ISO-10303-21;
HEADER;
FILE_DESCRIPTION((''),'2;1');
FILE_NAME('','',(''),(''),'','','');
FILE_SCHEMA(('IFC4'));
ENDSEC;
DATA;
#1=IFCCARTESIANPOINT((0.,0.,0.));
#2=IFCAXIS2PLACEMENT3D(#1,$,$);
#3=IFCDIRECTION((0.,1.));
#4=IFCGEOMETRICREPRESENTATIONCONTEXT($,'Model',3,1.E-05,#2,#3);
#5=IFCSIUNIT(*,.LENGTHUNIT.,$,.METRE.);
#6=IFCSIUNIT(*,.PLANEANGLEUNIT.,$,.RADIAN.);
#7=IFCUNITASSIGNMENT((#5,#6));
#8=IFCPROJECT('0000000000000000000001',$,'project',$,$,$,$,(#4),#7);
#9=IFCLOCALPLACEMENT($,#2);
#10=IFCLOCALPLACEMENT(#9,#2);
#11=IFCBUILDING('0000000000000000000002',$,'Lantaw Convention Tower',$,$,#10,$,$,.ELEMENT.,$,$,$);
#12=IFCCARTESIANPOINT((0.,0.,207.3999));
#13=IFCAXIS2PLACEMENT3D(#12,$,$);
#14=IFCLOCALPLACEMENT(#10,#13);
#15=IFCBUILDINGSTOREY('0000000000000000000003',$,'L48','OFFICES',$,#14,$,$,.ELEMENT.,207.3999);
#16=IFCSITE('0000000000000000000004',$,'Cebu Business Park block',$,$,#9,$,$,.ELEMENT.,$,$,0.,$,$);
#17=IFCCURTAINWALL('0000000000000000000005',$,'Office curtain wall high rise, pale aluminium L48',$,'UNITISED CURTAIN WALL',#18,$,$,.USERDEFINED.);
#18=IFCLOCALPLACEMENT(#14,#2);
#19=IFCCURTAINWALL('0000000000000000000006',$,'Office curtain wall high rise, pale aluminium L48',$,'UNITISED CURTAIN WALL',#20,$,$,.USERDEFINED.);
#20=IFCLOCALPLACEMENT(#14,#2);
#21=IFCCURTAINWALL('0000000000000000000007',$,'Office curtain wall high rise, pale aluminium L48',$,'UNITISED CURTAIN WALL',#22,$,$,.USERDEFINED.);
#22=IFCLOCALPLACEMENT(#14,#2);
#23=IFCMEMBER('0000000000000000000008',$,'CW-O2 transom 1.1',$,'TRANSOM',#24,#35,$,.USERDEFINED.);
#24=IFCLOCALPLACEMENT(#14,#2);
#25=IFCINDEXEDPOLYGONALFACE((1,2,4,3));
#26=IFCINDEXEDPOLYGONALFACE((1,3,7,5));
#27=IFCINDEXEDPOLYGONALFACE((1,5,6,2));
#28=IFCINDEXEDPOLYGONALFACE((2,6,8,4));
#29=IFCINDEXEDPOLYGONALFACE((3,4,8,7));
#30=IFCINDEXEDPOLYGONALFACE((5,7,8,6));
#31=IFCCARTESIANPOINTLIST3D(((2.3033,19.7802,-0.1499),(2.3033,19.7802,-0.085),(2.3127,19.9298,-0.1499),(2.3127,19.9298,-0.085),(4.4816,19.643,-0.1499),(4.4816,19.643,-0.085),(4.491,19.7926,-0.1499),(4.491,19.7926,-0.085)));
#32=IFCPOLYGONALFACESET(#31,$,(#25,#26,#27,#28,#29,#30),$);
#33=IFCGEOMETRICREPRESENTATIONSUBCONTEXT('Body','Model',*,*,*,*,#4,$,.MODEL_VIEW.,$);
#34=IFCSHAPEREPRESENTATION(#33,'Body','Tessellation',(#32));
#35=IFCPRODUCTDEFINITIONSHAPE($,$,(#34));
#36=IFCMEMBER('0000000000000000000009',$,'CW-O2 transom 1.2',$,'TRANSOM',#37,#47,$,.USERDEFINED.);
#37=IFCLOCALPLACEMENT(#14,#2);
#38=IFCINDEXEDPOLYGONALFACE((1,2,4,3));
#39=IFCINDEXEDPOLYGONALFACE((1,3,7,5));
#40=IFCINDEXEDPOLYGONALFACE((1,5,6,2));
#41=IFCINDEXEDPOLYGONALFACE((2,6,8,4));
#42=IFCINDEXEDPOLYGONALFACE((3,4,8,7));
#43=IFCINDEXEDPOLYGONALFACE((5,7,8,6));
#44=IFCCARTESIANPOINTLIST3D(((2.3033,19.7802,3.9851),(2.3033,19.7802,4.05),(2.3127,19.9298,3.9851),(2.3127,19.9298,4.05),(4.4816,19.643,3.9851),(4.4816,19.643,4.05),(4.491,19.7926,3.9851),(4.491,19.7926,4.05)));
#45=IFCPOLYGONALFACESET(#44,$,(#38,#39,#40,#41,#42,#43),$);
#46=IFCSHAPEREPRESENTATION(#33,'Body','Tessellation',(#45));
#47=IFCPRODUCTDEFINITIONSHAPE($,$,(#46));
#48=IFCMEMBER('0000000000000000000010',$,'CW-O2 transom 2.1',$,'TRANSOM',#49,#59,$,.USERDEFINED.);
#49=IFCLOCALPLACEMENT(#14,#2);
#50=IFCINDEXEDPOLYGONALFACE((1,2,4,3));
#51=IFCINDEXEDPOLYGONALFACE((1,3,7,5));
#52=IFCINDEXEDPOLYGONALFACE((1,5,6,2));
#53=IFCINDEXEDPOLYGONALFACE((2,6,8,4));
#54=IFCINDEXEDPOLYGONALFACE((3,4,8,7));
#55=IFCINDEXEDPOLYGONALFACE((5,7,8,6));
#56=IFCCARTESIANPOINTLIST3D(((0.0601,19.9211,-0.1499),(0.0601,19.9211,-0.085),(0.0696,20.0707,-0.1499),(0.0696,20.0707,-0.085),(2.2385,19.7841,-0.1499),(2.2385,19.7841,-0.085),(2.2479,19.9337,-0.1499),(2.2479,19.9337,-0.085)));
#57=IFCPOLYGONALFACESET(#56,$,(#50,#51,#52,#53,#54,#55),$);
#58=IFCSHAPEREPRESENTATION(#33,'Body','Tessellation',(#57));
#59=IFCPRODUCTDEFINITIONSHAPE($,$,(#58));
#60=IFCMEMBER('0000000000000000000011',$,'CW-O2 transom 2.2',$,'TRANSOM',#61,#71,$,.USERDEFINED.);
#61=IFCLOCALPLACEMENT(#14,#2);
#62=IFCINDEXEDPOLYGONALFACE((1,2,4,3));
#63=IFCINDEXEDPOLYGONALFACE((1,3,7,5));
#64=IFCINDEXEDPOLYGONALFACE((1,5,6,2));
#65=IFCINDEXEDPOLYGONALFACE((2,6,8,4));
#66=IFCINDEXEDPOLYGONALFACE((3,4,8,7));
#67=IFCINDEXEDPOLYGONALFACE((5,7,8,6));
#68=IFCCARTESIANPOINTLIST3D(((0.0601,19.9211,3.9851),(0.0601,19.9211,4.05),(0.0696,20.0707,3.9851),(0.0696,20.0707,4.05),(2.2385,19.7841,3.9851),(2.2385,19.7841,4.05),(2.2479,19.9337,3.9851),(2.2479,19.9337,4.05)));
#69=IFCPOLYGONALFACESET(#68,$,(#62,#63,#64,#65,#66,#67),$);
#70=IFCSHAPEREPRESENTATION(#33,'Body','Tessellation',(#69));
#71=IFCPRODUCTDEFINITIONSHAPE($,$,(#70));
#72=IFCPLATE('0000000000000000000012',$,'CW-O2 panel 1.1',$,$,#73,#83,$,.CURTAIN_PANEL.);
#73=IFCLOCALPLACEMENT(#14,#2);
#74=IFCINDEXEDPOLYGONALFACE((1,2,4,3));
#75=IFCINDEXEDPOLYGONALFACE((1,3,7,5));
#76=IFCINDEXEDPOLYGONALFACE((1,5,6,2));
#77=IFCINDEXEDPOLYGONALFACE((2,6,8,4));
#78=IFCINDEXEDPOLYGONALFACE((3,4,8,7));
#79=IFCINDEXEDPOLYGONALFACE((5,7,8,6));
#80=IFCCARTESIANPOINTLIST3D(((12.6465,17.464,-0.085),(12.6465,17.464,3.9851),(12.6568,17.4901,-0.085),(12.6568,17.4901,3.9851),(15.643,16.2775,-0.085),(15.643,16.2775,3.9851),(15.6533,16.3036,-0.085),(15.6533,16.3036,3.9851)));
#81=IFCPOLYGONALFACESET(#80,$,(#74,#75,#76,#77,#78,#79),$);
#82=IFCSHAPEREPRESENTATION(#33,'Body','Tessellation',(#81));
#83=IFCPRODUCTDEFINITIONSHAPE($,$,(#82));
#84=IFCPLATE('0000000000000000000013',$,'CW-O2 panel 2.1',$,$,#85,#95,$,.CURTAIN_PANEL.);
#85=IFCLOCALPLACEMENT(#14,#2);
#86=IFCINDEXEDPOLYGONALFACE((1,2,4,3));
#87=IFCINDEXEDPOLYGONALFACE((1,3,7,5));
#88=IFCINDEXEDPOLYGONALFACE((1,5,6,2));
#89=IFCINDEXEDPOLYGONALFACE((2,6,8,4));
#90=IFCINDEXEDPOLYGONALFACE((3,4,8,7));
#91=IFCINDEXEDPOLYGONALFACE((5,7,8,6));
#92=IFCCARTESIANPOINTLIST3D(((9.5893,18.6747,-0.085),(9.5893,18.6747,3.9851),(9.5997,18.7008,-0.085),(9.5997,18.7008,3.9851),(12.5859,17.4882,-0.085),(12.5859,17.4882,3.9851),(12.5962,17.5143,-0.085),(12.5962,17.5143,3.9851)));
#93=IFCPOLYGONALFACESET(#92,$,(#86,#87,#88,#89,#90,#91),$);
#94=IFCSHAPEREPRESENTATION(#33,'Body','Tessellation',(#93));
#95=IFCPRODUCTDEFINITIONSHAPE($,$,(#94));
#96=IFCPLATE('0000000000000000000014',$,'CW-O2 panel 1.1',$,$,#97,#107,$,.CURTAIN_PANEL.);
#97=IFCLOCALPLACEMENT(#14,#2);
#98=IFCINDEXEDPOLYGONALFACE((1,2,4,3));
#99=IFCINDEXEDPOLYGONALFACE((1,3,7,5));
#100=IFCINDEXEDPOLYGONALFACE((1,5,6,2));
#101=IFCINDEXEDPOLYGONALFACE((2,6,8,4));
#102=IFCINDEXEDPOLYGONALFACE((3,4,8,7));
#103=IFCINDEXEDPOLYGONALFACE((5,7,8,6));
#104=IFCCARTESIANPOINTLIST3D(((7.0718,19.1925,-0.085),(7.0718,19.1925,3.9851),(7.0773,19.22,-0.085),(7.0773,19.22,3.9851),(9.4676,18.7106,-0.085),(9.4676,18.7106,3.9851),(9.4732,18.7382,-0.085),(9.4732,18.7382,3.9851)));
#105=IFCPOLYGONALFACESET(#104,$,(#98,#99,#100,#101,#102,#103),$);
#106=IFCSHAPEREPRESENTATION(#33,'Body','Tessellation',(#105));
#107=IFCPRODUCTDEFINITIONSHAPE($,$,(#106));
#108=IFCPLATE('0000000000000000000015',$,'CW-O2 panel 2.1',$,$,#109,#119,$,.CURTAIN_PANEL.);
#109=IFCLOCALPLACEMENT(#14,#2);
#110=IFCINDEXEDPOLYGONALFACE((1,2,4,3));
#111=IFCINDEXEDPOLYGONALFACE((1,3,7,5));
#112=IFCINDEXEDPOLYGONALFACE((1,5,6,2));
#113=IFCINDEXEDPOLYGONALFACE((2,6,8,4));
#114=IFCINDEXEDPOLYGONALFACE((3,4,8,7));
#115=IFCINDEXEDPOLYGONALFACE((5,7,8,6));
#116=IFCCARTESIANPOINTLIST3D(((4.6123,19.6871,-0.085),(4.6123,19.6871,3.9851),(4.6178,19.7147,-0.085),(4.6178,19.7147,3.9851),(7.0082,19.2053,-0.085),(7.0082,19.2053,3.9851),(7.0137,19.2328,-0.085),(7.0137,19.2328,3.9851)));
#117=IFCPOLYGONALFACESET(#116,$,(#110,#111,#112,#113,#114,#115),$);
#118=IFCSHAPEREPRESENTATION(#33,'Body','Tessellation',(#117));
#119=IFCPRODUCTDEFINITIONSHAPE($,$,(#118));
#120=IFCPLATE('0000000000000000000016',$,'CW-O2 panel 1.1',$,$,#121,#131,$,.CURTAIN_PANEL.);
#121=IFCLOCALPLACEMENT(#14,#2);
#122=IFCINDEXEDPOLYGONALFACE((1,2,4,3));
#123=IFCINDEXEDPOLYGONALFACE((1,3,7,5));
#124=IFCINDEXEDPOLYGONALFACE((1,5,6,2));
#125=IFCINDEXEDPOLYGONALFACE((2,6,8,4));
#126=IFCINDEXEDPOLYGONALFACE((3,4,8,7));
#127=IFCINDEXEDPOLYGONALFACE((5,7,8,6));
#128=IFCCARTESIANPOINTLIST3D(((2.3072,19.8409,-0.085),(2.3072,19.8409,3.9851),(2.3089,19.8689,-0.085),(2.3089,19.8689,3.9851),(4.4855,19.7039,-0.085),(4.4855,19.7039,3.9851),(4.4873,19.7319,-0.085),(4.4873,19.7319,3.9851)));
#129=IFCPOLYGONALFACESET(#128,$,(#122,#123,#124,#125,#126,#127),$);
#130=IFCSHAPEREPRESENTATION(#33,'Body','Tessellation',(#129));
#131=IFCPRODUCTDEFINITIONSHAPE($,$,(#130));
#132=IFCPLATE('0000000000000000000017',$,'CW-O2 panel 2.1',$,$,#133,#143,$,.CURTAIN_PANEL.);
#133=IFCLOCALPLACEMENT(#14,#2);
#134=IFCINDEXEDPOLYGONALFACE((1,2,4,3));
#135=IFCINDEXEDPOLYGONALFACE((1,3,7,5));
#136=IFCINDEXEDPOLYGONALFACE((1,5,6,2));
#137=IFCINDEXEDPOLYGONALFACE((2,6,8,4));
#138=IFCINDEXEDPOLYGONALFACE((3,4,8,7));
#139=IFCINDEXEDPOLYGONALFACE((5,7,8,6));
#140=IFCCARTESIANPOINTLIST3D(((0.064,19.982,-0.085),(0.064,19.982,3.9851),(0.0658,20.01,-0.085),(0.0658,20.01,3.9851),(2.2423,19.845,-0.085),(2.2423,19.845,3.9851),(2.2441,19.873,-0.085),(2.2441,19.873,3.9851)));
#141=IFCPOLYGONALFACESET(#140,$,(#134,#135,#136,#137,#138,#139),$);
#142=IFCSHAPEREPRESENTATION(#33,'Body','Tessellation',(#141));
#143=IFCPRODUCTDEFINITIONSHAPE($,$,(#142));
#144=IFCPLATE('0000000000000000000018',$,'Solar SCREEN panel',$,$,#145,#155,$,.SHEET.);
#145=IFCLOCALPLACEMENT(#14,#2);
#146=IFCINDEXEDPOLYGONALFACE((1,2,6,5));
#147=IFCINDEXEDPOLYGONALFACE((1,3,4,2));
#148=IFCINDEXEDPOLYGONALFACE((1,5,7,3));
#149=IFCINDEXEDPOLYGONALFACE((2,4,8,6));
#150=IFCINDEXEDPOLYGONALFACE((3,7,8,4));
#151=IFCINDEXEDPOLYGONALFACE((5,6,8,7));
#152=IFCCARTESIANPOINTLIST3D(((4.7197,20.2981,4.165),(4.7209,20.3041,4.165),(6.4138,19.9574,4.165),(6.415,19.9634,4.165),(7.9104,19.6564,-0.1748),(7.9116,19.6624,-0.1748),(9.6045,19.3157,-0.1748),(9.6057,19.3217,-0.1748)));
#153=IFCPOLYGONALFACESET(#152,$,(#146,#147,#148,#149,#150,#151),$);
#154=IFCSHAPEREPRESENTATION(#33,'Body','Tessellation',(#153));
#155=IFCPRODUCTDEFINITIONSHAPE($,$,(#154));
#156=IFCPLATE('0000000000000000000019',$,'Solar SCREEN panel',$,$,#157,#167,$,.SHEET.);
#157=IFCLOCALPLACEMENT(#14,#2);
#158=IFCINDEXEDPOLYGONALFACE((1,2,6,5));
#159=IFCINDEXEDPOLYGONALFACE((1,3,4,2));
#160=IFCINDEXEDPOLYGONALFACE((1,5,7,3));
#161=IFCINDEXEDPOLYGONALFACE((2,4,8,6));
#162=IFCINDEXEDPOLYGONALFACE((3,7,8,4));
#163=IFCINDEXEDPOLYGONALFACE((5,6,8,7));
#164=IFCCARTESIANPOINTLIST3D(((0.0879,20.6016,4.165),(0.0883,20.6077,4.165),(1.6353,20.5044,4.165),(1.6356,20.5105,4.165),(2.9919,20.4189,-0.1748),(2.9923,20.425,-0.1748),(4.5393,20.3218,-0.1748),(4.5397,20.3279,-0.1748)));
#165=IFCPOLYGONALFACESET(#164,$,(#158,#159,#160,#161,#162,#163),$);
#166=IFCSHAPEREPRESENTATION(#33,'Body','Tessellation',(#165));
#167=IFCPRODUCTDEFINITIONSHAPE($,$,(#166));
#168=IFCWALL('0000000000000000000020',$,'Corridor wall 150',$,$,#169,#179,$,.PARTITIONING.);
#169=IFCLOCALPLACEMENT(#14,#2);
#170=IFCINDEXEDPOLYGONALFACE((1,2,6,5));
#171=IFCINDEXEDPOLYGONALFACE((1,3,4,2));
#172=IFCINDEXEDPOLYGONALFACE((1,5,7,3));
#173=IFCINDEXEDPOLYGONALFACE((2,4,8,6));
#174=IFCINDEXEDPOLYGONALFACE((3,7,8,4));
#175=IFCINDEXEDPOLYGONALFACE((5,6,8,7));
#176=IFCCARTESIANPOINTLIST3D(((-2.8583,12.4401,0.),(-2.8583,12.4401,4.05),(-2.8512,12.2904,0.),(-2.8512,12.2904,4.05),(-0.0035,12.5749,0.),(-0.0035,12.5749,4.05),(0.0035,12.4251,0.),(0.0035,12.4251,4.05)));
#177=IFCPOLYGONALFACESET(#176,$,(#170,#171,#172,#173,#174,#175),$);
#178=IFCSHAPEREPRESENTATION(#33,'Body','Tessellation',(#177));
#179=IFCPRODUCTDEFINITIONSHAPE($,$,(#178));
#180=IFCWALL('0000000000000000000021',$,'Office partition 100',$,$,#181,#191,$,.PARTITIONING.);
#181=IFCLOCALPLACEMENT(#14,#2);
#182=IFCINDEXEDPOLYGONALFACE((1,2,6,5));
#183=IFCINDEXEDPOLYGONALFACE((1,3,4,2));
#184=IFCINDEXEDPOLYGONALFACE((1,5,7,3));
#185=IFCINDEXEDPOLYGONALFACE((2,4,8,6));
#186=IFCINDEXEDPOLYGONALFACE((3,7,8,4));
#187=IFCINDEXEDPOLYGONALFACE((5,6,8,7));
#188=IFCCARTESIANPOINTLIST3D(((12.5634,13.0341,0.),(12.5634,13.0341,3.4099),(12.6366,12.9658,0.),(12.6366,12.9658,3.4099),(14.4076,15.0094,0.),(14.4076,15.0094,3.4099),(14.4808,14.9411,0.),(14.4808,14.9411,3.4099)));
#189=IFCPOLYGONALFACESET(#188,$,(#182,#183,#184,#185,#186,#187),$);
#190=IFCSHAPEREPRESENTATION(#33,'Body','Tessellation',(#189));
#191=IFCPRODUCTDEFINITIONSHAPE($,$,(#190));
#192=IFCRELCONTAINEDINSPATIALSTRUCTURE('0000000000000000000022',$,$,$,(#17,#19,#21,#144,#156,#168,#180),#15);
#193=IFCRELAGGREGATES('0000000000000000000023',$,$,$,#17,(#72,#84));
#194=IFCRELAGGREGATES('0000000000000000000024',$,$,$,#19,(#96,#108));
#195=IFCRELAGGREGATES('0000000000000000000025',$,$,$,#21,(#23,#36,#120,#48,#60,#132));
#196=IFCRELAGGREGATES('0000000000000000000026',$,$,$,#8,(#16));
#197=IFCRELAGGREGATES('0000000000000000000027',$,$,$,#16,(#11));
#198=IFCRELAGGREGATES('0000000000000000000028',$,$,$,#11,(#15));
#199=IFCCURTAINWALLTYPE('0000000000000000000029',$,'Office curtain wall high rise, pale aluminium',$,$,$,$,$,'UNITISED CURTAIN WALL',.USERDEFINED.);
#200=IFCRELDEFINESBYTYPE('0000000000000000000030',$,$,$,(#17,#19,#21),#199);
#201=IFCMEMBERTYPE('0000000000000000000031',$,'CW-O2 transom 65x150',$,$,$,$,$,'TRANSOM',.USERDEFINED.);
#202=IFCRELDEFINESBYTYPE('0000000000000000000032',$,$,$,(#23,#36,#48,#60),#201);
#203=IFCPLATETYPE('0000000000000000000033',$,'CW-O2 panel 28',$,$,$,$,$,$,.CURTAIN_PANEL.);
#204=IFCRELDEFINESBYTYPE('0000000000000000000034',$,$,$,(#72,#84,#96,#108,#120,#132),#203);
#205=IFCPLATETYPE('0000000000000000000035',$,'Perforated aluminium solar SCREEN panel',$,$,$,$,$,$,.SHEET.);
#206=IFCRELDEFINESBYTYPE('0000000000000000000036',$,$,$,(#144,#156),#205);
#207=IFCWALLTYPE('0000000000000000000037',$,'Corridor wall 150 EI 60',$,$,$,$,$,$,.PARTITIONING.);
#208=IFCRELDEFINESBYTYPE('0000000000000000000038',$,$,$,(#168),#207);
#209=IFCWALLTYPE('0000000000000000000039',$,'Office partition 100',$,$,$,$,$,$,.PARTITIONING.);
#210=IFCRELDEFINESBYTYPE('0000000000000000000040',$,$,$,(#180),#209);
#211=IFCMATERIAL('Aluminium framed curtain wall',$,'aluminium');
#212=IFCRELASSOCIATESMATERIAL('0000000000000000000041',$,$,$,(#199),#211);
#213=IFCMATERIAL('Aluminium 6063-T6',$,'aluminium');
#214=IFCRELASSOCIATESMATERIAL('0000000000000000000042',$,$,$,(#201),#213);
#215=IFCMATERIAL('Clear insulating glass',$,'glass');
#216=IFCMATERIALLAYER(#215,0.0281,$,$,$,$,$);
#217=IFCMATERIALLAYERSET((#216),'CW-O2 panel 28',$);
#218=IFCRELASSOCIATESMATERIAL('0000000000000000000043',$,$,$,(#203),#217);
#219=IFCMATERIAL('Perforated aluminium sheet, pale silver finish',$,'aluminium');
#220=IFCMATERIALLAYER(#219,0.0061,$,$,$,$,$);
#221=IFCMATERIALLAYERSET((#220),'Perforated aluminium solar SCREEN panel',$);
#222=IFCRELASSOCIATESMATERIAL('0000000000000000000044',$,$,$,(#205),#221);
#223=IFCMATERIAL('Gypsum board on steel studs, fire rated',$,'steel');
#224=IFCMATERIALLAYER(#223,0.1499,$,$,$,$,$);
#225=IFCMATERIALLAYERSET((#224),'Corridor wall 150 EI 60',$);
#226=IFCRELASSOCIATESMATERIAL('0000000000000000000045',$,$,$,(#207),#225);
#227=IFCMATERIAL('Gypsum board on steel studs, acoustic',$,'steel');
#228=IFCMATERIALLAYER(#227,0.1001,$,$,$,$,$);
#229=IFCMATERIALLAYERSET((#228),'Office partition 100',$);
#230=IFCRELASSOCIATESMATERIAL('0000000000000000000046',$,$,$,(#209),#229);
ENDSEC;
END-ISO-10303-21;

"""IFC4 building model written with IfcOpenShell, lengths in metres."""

from ifc_helpers import new_model, si_unit, direction, frame, frame_2d, origin, origin_2d, place, context, subcontext, project, spatial, polyline, rectangle, outline, extrude, material, layer, layer_set, material_profile, profile_set, type_object, element, aggregate, save


model = new_model("IFC4")

# Units and contexts
model_context = context("Model", 3, precision=1e-05, world=origin(), true_north=direction((0.0, 1.0)))
body_context = subcontext(model_context, "Body", "Model", "MODEL_VIEW")
ifc_project = project(units=[si_unit("LENGTHUNIT", "METRE"), si_unit("PLANEANGLEUNIT", "RADIAN")], contexts=[model_context])

# Site, building, storey
site_placement = place(None, origin())
site = spatial("IfcSite", under=ifc_project, at=site_placement, Name="Cebu Business Park block", CompositionType="ELEMENT", RefElevation=0.0)
building_placement = place(site_placement, origin())
building = spatial("IfcBuilding", under=site, at=building_placement, Name="Lantaw Convention Tower", CompositionType="ELEMENT")
storey_placement = place(building_placement, frame((0.0, 0.0, 207.3999)))
storey = spatial("IfcBuildingStorey", under=building, at=storey_placement, Name="L48", Description="OFFICES", CompositionType="ELEMENT", Elevation=207.3999)

# Curtain walls
ifc_material_1 = material(Name="Aluminium framed curtain wall", Category="aluminium")
curtain_wall_type = type_object("IfcCurtainWallType", Name="Office curtain wall high rise, pale aluminium", ElementType="UNITISED CURTAIN WALL", PredefinedType="USERDEFINED", material=ifc_material_1)
curtain_wall_1_placement = place(storey_placement, origin())
curtain_wall_1 = element("IfcCurtainWall", 1, at=curtain_wall_1_placement, inside=storey, type_object=curtain_wall_type, Name="Office curtain wall high rise, pale aluminium L48", ObjectType="UNITISED CURTAIN WALL", PredefinedType="USERDEFINED")
ifc_material_2 = material(Name="Aluminium 6063-T6", Category="aluminium")
curtain_wall_2_placement = place(storey_placement, origin())
curtain_wall_2 = element("IfcCurtainWall", 2, at=curtain_wall_2_placement, inside=storey, type_object=curtain_wall_type, Name="Office curtain wall high rise, pale aluminium L48", ObjectType="UNITISED CURTAIN WALL", PredefinedType="USERDEFINED")
curtain_wall_3_placement = place(storey_placement, origin())
curtain_wall_3 = element("IfcCurtainWall", 3, at=curtain_wall_3_placement, inside=storey, type_object=curtain_wall_type, Name="Office curtain wall high rise, pale aluminium L48", ObjectType="UNITISED CURTAIN WALL", PredefinedType="USERDEFINED")

# Members
ifc_material_profile_1 = material_profile(ifc_material_2, rectangle(XDim=0.1499, YDim=0.0649, at=origin_2d()), Name="CW-O2 transom 65x150")
ifc_profile_set_1 = profile_set([ifc_material_profile_1], Name="Aluminium 6063-T6")
member_type_1 = type_object("IfcMemberType", Name="CW-O2 transom 65x150", ElementType="TRANSOM", PredefinedType="USERDEFINED", material=ifc_profile_set_1)
member_1_placement = place(storey_placement, frame((4.4863, 19.7178, -0.1174), z_axis=(-0.998022, 0.062866, 0.0), x_axis=(-0.062866, -0.998022, 0.0)))
member_1 = element("IfcMember", 4, at=member_1_placement, type_object=member_type_1, Name="CW-O2 transom 1.1", ObjectType="TRANSOM", PredefinedType="USERDEFINED", context=body_context, shape_type="SweptSolid", body=[
    extrude(rectangle(XDim=0.1499, YDim=0.0649, at=origin_2d()), origin(), (0.0, 0.0, 1.0), 2.1826),
])
member_2_placement = place(storey_placement, frame((4.4863, 19.7178, 4.0176), z_axis=(-0.998022, 0.062866, 0.0), x_axis=(-0.062866, -0.998022, 0.0)))
member_2 = element("IfcMember", 5, at=member_2_placement, type_object=member_type_1, Name="CW-O2 transom 1.2", ObjectType="TRANSOM", PredefinedType="USERDEFINED", context=body_context, shape_type="SweptSolid", body=[
    extrude(rectangle(XDim=0.1499, YDim=0.0649, at=origin_2d()), origin(), (0.0, 0.0, 1.0), 2.1826),
])
member_3_placement = place(storey_placement, frame((2.2432, 19.8589, -0.1174), z_axis=(-0.998029, 0.062754, 0.0), x_axis=(-0.062754, -0.998029, 0.0)))
member_3 = element("IfcMember", 6, at=member_3_placement, type_object=member_type_1, Name="CW-O2 transom 2.1", ObjectType="TRANSOM", PredefinedType="USERDEFINED", context=body_context, shape_type="SweptSolid", body=[
    extrude(rectangle(XDim=0.1499, YDim=0.0649, at=origin_2d()), origin(), (0.0, 0.0, 1.0), 2.1826),
])
member_4_placement = place(storey_placement, frame((2.2432, 19.8589, 4.0176), z_axis=(-0.998029, 0.062754, 0.0), x_axis=(-0.062754, -0.998029, 0.0)))
member_4 = element("IfcMember", 7, at=member_4_placement, type_object=member_type_1, Name="CW-O2 transom 2.2", ObjectType="TRANSOM", PredefinedType="USERDEFINED", context=body_context, shape_type="SweptSolid", body=[
    extrude(rectangle(XDim=0.1499, YDim=0.0649, at=origin_2d()), origin(), (0.0, 0.0, 1.0), 2.1826),
])

# Plates
ifc_material_3 = material(Name="Clear insulating glass", Category="glass")
ifc_layer_1 = layer(ifc_material_3, 0.0281)
ifc_layer_set_1 = layer_set([ifc_layer_1], Name="CW-O2 panel 28")
plate_type_1 = type_object("IfcPlateType", Name="CW-O2 panel 28", PredefinedType="CURTAIN_PANEL", material=ifc_layer_set_1)
plate_1_placement = place(storey_placement, frame((14.1499, 16.8838, -0.085), z_axis=(0.0, 0.0, 1.0), x_axis=(-0.929762, 0.368162, 0.0)))
plate_1 = element("IfcPlate", 8, at=plate_1_placement, type_object=plate_type_1, Name="CW-O2 panel 1.1", PredefinedType="CURTAIN_PANEL", context=body_context, shape_type="SweptSolid", body=[
    extrude(rectangle(XDim=3.2229, YDim=0.0281, at=origin_2d()), origin(), (0.0, 0.0, 1.0), 4.0701),
])
plate_2_placement = place(storey_placement, frame((11.0928, 18.0945, -0.085), z_axis=(0.0, 0.0, 1.0), x_axis=(-0.929762, 0.368162, 0.0)))
plate_2 = element("IfcPlate", 9, at=plate_2_placement, type_object=plate_type_1, Name="CW-O2 panel 2.1", PredefinedType="CURTAIN_PANEL", context=body_context, shape_type="SweptSolid", body=[
    extrude(rectangle(XDim=3.2229, YDim=0.0281, at=origin_2d()), origin(), (0.0, 0.0, 1.0), 4.0701),
])
aggregate(curtain_wall_1, [plate_1, plate_2])
plate_3_placement = place(storey_placement, frame((8.2725, 18.9653, -0.085), z_axis=(0.0, 0.0, 1.0), x_axis=(-0.980367, 0.197183, 0.0)))
plate_3 = element("IfcPlate", 10, at=plate_3_placement, type_object=plate_type_1, Name="CW-O2 panel 1.1", PredefinedType="CURTAIN_PANEL", context=body_context, shape_type="SweptSolid", body=[
    extrude(rectangle(XDim=2.4438, YDim=0.0281, at=origin_2d()), origin(), (0.0, 0.0, 1.0), 4.0701),
])
plate_4_placement = place(storey_placement, frame((5.813, 19.46, -0.085), z_axis=(0.0, 0.0, 1.0), x_axis=(-0.980367, 0.197183, 0.0)))
plate_4 = element("IfcPlate", 11, at=plate_4_placement, type_object=plate_type_1, Name="CW-O2 panel 2.1", PredefinedType="CURTAIN_PANEL", context=body_context, shape_type="SweptSolid", body=[
    extrude(rectangle(XDim=2.4438, YDim=0.0281, at=origin_2d()), origin(), (0.0, 0.0, 1.0), 4.0701),
])
aggregate(curtain_wall_2, [plate_3, plate_4])
plate_5_placement = place(storey_placement, frame((3.3972, 19.7864, -0.085), z_axis=(0.0, 0.0, 1.0), x_axis=(-0.998029, 0.062758, 0.0)))
plate_5 = element("IfcPlate", 12, at=plate_5_placement, type_object=plate_type_1, Name="CW-O2 panel 1.1", PredefinedType="CURTAIN_PANEL", context=body_context, shape_type="SweptSolid", body=[
    extrude(rectangle(XDim=2.1826, YDim=0.0281, at=origin_2d()), origin(), (0.0, 0.0, 1.0), 4.0701),
])
plate_6_placement = place(storey_placement, frame((1.1541, 19.9275, -0.085), z_axis=(0.0, 0.0, 1.0), x_axis=(-0.998029, 0.062758, 0.0)))
plate_6 = element("IfcPlate", 13, at=plate_6_placement, type_object=plate_type_1, Name="CW-O2 panel 2.1", PredefinedType="CURTAIN_PANEL", context=body_context, shape_type="SweptSolid", body=[
    extrude(rectangle(XDim=2.1826, YDim=0.0281, at=origin_2d()), origin(), (0.0, 0.0, 1.0), 4.0701),
])
aggregate(curtain_wall_3, [member_1, member_2, plate_5, member_3, member_4, plate_6])

# Plates
ifc_material_4 = material(Name="Perforated aluminium sheet, pale silver finish", Category="aluminium")
ifc_layer_2 = layer(ifc_material_4, 0.0061)
ifc_layer_set_2 = layer_set([ifc_layer_2], Name="Perforated aluminium solar SCREEN panel")
plate_type_2 = type_object("IfcPlateType", Name="Perforated aluminium solar SCREEN panel", PredefinedType="SHEET", material=ifc_layer_set_2)
plate_7_placement = place(storey_placement, frame((9.6045, 19.3157, -0.1748), z_axis=(-0.197162, -0.980371, 0.000011), x_axis=(-0.980371, 0.197162, 0.0)))
element("IfcPlate", 14, at=plate_7_placement, inside=storey, type_object=plate_type_2, Name="Solar SCREEN panel", PredefinedType="SHEET", context=body_context, shape_type="SweptSolid", body=[
    extrude(outline(polyline([(0.0, 0.0), (1.728, 0.0), (4.9826, -4.3398), (3.2545, -4.3398), (0.0, 0.0)])), origin(), (0.0, 0.0, -1.0), 0.0061),
])
plate_8_placement = place(storey_placement, frame((4.5393, 20.3218, -0.1748), z_axis=(-0.062672, -0.998034, 0.000059), x_axis=(-0.998034, 0.062672, 0.0)))
element("IfcPlate", 15, at=plate_8_placement, inside=storey, type_object=plate_type_2, Name="Solar SCREEN panel", PredefinedType="SHEET", context=body_context, shape_type="SweptSolid", body=[
    extrude(outline(polyline([(0.0, 0.0), (1.5504, 0.0), (4.4602, -4.3398), (2.9098, -4.3398), (0.0, 0.0)])), origin(), (0.0, 0.0, -1.0), 0.0061),
])

# Walls
ifc_material_5 = material(Name="Gypsum board on steel studs, fire rated", Category="steel")
ifc_layer_3 = layer(ifc_material_5, 0.1499)
ifc_layer_set_3 = layer_set([ifc_layer_3], Name="Corridor wall 150 EI 60")
wall_type_1 = type_object("IfcWallType", Name="Corridor wall 150 EI 60", PredefinedType="PARTITIONING", material=ifc_layer_set_3)
wall_1_placement = place(storey_placement, frame((0.0, 12.5, 0.0), z_axis=(0.0, 0.0, 1.0), x_axis=(-0.998888, -0.047155, 0.0)))
element("IfcWall", 16, at=wall_1_placement, inside=storey, type_object=wall_type_1, Name="Corridor wall 150", PredefinedType="PARTITIONING", context=body_context, shape_type="SweptSolid", body=[
    extrude(rectangle(XDim=2.8579, YDim=0.1499, at=frame_2d((1.429, 0.0))), origin(), (0.0, 0.0, 1.0), 4.05),
])
ifc_material_6 = material(Name="Gypsum board on steel studs, acoustic", Category="steel")
ifc_layer_4 = layer(ifc_material_6, 0.1001)
ifc_layer_set_4 = layer_set([ifc_layer_4], Name="Office partition 100")
wall_type_2 = type_object("IfcWallType", Name="Office partition 100", PredefinedType="PARTITIONING", material=ifc_layer_set_4)
wall_2_placement = place(storey_placement, frame((12.6001, 13.0, 0.0), z_axis=(0.0, 0.0, 1.0), x_axis=(0.682434, 0.730947, 0.0)))
element("IfcWall", 17, at=wall_2_placement, inside=storey, type_object=wall_type_2, Name="Office partition 100", PredefinedType="PARTITIONING", context=body_context, shape_type="SweptSolid", body=[
    extrude(rectangle(XDim=2.7024, YDim=0.1001, at=frame_2d((1.3511, 0.0))), origin(), (0.0, 0.0, 1.0), 3.4099),
])

save(model, "model.ifc")
